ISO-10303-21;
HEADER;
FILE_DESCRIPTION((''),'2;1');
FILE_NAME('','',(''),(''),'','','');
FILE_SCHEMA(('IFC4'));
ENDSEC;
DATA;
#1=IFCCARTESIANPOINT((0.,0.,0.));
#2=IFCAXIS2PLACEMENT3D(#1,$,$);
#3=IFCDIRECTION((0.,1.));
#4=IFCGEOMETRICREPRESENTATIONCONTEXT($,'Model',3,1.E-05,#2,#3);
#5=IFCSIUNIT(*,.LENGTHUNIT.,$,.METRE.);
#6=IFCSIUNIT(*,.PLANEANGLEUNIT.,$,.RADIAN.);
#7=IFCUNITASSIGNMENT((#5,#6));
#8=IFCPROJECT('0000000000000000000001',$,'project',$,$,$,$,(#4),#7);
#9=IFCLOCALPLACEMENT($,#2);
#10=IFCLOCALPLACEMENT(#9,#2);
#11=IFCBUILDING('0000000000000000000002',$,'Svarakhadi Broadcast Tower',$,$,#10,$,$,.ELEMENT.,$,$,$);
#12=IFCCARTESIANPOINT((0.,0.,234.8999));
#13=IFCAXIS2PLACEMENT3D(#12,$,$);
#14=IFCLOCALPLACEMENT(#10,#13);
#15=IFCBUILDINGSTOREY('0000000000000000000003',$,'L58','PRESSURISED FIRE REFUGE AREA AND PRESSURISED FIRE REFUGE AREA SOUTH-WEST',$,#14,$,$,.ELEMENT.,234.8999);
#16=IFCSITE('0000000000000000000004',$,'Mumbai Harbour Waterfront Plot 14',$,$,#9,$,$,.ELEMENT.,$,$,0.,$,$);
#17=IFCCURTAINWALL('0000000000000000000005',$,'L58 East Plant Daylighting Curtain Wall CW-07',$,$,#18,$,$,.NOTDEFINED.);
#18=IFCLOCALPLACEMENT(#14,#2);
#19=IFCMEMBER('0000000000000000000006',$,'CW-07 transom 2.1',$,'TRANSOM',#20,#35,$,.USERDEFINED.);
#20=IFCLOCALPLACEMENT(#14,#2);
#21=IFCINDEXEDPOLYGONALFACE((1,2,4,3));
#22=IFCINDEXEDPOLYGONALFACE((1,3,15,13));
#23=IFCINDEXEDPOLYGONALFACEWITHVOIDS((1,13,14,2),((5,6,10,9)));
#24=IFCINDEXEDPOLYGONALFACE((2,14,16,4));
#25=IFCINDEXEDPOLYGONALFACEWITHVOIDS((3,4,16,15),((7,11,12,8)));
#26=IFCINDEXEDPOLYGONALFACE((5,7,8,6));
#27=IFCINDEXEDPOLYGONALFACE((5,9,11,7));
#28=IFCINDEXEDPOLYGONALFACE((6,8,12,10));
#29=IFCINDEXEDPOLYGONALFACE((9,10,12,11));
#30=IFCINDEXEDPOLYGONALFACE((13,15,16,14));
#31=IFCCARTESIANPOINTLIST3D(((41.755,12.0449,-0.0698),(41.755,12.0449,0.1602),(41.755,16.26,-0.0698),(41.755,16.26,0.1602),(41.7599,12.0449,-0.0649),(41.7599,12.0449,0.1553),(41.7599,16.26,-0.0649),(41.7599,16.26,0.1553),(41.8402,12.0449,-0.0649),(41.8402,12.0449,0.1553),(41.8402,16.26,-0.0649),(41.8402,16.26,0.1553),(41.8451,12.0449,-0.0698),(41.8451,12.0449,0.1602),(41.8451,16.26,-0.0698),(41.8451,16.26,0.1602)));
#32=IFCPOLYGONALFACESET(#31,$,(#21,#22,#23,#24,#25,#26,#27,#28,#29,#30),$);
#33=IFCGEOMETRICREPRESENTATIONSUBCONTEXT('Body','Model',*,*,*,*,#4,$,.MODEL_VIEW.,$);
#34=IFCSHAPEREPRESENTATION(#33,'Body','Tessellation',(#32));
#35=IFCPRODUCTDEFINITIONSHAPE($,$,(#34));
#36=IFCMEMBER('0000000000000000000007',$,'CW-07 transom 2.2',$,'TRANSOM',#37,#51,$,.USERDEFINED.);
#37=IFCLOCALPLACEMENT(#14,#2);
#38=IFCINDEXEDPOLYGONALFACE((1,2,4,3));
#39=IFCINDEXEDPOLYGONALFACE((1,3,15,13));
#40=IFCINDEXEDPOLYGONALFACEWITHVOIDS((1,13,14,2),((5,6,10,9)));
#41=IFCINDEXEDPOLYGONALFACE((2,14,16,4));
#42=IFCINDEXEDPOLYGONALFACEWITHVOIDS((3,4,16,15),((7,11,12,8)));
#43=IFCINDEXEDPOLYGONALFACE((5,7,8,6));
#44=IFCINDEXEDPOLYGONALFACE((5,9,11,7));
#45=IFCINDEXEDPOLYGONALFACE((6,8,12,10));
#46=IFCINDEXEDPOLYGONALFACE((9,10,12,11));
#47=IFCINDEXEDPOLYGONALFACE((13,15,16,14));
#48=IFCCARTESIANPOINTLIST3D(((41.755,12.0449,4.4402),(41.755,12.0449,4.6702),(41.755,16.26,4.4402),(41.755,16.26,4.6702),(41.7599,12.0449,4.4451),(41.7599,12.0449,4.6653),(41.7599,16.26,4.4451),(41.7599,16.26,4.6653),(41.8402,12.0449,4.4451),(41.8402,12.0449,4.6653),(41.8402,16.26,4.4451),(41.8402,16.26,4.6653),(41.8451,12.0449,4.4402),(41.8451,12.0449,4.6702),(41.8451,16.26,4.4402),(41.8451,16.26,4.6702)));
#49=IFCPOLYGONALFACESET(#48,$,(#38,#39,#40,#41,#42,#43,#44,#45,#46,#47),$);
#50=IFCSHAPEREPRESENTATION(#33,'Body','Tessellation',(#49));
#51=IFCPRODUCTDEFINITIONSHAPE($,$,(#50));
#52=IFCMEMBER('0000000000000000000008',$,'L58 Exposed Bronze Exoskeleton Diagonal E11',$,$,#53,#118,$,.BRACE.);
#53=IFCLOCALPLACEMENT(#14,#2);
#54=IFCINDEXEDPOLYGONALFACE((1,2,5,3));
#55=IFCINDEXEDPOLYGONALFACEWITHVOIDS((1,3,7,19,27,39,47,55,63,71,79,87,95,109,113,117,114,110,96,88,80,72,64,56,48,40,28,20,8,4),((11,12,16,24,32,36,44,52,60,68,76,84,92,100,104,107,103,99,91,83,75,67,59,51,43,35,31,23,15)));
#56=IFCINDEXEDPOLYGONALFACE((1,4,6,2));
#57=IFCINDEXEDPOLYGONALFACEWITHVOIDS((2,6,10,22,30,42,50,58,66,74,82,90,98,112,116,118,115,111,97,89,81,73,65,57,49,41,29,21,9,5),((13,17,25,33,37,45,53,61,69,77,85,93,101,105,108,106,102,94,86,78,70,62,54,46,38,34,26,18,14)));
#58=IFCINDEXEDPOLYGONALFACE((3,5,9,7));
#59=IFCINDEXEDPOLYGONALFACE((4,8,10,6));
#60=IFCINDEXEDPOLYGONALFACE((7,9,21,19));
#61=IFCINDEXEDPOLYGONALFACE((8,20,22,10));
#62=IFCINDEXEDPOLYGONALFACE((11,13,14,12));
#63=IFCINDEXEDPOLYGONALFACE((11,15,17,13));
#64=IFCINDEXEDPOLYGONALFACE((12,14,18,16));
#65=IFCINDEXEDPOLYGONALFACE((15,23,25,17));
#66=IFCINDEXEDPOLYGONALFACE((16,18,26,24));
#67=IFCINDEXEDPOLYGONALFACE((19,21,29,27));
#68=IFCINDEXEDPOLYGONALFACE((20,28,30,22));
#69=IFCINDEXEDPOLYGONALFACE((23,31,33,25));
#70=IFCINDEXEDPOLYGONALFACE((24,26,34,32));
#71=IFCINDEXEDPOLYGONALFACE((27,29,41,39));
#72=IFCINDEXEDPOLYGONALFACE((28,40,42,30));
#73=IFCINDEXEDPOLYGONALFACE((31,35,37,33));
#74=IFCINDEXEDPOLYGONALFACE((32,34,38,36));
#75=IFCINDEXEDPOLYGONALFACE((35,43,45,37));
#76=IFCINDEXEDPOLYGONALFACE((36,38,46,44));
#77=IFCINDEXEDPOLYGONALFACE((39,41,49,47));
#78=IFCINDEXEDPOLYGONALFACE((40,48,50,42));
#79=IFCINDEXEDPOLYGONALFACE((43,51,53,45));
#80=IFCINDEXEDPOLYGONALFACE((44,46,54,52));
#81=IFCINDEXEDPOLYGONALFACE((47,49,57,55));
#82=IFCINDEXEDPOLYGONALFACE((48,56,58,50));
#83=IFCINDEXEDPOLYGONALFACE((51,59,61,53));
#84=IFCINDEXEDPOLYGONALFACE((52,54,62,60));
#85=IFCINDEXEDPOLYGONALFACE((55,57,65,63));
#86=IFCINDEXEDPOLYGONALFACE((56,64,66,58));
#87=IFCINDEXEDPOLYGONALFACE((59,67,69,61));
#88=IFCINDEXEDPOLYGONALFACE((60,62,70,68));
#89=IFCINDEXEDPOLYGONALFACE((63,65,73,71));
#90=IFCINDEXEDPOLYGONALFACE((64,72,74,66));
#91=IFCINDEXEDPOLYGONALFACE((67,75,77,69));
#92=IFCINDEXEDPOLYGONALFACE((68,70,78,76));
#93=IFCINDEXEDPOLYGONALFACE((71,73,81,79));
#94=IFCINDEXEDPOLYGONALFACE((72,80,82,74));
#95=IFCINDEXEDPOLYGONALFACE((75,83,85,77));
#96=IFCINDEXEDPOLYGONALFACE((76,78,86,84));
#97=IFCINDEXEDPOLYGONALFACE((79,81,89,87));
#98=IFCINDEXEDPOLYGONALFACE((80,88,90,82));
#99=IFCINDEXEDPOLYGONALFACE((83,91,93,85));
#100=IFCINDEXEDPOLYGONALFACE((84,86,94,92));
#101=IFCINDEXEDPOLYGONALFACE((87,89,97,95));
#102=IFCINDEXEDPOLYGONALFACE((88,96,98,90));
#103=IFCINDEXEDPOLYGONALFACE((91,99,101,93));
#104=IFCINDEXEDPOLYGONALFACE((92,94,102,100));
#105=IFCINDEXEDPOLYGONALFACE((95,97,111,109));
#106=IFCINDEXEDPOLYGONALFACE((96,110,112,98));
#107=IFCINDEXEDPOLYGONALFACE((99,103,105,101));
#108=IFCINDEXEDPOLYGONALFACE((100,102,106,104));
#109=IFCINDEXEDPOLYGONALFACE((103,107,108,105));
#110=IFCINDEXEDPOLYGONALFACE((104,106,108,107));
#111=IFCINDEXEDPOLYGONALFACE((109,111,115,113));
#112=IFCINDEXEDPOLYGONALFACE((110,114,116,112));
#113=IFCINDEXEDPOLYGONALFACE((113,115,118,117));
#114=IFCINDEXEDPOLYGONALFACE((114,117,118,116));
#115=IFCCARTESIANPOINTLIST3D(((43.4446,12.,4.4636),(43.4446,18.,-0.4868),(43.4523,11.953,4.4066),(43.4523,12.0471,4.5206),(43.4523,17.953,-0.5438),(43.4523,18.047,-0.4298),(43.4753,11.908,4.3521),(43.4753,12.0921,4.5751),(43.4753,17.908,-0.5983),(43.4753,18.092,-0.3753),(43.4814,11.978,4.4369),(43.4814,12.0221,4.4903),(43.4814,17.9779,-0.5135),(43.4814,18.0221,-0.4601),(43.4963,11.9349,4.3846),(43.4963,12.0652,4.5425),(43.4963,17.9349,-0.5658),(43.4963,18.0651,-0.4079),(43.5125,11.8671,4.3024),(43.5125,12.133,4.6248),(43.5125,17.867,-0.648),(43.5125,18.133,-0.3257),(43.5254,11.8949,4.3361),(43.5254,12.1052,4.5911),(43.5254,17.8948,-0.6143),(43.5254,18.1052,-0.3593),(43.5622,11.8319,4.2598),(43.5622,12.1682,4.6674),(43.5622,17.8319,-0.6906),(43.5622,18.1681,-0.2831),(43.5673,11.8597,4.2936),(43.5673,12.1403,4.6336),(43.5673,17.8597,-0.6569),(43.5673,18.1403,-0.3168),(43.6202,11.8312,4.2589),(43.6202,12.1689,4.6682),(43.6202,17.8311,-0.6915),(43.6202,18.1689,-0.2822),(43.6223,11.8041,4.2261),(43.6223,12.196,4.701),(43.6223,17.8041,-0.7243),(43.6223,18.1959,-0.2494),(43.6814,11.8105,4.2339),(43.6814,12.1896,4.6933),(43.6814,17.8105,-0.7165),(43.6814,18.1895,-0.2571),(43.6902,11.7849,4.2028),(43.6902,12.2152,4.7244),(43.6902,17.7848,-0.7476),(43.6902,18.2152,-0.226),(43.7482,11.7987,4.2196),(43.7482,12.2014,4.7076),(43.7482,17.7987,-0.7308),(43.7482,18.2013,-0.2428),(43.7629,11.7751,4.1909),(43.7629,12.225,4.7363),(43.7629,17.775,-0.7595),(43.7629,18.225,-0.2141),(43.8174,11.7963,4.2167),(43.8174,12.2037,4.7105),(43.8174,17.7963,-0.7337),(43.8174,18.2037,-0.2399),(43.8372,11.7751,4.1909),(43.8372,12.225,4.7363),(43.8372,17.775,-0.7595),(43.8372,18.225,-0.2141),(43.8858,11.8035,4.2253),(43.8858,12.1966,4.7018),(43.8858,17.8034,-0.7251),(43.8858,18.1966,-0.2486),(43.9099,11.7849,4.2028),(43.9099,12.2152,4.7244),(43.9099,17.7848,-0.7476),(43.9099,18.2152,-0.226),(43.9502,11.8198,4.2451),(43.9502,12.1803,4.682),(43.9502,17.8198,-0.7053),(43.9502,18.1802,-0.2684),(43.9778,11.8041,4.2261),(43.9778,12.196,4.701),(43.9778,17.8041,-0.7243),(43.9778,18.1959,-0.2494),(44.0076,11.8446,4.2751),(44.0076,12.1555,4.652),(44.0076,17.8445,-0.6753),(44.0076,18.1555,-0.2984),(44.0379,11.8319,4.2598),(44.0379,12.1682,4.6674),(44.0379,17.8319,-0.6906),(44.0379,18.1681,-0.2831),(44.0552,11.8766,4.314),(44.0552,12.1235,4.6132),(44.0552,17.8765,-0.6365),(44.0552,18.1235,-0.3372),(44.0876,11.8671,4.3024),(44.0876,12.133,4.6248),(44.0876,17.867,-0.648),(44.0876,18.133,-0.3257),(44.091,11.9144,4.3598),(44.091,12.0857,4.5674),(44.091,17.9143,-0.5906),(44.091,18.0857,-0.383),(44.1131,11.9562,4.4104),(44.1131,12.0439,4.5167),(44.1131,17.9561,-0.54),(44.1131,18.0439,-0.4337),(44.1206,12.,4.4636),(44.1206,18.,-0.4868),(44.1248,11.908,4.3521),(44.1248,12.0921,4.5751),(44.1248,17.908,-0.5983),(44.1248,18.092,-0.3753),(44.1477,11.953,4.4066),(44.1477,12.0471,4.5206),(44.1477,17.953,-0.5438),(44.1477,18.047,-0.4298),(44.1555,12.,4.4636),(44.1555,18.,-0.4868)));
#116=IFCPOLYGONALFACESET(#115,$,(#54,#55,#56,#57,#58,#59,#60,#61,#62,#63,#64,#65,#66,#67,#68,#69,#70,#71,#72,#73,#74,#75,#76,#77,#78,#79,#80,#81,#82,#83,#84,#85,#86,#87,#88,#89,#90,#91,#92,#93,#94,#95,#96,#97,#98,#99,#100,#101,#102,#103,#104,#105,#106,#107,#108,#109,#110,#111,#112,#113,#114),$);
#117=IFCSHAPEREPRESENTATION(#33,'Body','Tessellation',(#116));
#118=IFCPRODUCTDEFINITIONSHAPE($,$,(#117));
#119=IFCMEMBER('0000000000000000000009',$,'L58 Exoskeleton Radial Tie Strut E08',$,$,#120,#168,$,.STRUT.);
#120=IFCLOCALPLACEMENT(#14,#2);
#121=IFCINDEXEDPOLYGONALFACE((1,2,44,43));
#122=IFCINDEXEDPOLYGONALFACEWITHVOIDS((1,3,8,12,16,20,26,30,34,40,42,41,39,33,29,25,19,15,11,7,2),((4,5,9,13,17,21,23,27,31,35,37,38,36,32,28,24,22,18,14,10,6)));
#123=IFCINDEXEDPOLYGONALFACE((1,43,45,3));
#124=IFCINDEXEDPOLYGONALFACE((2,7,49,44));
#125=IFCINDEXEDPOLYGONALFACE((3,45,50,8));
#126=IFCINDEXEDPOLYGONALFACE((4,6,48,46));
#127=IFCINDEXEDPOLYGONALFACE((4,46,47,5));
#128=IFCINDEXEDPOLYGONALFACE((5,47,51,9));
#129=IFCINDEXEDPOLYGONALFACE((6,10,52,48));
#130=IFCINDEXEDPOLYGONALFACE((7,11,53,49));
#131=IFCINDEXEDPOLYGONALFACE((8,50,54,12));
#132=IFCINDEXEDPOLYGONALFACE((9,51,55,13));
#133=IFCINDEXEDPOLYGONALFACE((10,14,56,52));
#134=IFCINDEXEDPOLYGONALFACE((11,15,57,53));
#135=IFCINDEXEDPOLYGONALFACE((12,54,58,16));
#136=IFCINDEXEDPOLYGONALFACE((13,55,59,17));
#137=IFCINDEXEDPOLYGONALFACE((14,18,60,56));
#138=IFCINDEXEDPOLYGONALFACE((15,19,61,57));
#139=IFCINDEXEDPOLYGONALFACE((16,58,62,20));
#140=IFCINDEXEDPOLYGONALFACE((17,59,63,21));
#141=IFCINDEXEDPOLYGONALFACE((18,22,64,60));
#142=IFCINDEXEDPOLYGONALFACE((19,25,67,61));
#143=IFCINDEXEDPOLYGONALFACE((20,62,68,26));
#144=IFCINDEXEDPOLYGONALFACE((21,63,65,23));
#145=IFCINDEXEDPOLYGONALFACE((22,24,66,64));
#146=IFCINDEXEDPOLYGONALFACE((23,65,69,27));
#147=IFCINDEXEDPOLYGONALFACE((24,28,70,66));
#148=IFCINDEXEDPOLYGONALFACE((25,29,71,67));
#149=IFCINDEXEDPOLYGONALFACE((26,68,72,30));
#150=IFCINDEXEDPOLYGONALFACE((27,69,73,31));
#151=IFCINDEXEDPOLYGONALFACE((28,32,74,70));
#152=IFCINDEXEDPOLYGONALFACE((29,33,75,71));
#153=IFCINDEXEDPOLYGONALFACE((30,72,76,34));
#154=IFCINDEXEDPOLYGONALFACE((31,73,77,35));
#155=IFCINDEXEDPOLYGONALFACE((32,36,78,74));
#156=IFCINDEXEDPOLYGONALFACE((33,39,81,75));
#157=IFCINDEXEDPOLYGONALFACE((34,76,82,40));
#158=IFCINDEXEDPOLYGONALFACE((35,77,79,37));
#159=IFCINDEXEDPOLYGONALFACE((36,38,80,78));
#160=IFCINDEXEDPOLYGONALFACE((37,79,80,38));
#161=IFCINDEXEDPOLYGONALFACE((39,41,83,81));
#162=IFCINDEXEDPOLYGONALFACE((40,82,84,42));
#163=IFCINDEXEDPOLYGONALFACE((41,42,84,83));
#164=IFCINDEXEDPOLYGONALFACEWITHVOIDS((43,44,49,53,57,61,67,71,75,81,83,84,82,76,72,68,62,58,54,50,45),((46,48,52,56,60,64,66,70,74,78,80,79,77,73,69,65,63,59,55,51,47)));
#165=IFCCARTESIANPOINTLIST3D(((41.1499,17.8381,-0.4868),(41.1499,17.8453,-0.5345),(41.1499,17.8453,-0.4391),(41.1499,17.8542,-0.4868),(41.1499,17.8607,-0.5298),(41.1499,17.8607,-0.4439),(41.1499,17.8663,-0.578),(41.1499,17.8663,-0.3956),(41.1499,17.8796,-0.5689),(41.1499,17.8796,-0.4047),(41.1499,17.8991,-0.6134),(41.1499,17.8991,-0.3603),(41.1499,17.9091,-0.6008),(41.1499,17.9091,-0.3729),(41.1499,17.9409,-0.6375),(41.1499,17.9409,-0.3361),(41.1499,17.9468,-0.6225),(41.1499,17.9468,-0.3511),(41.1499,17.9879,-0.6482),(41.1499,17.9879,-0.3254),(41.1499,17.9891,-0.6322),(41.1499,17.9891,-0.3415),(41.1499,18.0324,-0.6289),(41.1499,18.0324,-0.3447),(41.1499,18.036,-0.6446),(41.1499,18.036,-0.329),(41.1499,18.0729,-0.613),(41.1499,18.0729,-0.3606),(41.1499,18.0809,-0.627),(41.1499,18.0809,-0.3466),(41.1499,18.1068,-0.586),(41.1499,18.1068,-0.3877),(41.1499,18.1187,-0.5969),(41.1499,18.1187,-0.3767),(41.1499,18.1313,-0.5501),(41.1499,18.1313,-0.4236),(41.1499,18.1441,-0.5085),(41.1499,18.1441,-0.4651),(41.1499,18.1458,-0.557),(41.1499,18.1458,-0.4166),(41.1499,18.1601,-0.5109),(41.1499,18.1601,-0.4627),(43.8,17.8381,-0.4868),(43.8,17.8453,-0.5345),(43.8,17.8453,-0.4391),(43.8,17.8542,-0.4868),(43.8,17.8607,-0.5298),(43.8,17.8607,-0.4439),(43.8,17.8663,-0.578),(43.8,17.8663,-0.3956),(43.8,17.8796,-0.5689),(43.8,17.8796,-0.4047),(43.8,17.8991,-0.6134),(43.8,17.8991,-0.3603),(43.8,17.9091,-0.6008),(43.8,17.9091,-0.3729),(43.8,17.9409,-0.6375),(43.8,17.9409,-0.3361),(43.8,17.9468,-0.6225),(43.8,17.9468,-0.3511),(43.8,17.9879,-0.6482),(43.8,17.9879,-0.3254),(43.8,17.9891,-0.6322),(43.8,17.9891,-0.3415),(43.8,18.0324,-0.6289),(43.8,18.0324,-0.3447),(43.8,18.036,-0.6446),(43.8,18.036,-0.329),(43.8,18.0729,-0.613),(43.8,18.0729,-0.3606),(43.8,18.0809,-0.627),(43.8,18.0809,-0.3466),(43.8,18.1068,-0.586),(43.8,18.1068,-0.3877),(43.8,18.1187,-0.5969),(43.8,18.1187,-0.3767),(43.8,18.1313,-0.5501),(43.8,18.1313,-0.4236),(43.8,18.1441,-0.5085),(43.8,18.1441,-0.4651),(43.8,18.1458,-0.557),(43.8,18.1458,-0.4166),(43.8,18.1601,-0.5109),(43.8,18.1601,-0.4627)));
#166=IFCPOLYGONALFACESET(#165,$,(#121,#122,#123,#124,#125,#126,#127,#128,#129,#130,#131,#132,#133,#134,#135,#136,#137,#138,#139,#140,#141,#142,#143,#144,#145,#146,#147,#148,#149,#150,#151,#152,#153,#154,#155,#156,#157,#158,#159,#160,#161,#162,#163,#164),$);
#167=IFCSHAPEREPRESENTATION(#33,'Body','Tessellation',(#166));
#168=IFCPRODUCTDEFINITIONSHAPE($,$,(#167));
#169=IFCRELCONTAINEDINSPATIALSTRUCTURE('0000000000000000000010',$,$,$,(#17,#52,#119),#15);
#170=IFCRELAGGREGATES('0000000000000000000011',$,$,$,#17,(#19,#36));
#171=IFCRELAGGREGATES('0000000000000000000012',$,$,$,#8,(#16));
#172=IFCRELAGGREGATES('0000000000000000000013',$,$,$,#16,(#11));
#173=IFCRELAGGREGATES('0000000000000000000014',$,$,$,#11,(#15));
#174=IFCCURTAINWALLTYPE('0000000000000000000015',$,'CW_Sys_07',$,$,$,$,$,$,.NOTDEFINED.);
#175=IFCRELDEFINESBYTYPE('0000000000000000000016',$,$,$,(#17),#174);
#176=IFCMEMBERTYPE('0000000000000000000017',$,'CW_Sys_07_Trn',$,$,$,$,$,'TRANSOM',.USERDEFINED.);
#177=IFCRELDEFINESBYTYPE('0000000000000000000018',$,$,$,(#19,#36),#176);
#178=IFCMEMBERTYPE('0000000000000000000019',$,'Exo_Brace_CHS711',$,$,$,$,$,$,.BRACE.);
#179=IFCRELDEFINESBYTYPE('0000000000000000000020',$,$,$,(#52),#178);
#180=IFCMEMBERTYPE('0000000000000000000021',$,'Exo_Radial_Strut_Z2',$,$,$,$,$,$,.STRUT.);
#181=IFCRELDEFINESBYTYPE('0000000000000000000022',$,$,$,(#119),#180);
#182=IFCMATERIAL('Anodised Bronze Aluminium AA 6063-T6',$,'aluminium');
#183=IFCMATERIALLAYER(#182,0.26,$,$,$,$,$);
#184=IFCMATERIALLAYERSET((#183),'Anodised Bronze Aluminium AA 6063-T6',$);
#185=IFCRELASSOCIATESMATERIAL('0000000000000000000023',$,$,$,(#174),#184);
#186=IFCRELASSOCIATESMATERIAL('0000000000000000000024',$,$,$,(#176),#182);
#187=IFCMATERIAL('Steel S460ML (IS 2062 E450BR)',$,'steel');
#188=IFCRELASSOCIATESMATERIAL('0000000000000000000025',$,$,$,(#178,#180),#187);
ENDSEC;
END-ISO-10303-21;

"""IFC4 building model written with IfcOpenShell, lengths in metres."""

from ifc_helpers import new_model, si_unit, direction, frame, origin, origin_2d, place, context, subcontext, project, spatial, hollow_rectangle, hollow_circle, extrude, material, layer, layer_set, material_profile, profile_set, type_object, element, aggregate, save


model = new_model("IFC4")

# Units and contexts
model_context = context("Model", 3, precision=1e-05, world=origin(), true_north=direction((0.0, 1.0)))
body_context = subcontext(model_context, "Body", "Model", "MODEL_VIEW")
ifc_project = project(units=[si_unit("LENGTHUNIT", "METRE"), si_unit("PLANEANGLEUNIT", "RADIAN")], contexts=[model_context])

# Site, building, storey
site_placement = place(None, origin())
site = spatial("IfcSite", under=ifc_project, at=site_placement, Name="Mumbai Harbour Waterfront Plot 14", CompositionType="ELEMENT", RefElevation=0.0)
building_placement = place(site_placement, origin())
building = spatial("IfcBuilding", under=site, at=building_placement, Name="Svarakhadi Broadcast Tower", CompositionType="ELEMENT")
storey_placement = place(building_placement, frame((0.0, 0.0, 234.8999)))
storey = spatial("IfcBuildingStorey", under=building, at=storey_placement, Name="L58", Description="PRESSURISED FIRE REFUGE AREA AND PRESSURISED FIRE REFUGE AREA SOUTH-WEST", CompositionType="ELEMENT", Elevation=234.8999)

# Shared definitions
ifc_material_1 = material(Name="Steel S460ML (IS 2062 E450BR)", Category="steel")

# Curtain wall, members
ifc_material_2 = material(Name="Anodised Bronze Aluminium AA 6063-T6", Category="aluminium")
ifc_layer_1 = layer(ifc_material_2, 0.26)
ifc_layer_set_1 = layer_set([ifc_layer_1], Name="Anodised Bronze Aluminium AA 6063-T6")
curtain_wall_type = type_object("IfcCurtainWallType", Name="CW_Sys_07", PredefinedType="NOTDEFINED", material=ifc_layer_set_1)
curtain_wall_placement = place(storey_placement, origin())
curtain_wall = element("IfcCurtainWall", 1, at=curtain_wall_placement, inside=storey, type_object=curtain_wall_type, Name="L58 East Plant Daylighting Curtain Wall CW-07", PredefinedType="NOTDEFINED")
ifc_material_profile_1 = material_profile(ifc_material_2, hollow_rectangle(XDim=0.0901, YDim=0.23, WallThickness=0.0049, at=origin_2d()), Name="ALU TRANSOM 230x90x5")
ifc_profile_set_1 = profile_set([ifc_material_profile_1], Name="Anodised Bronze Aluminium AA 6063-T6")
member_type_1 = type_object("IfcMemberType", Name="CW_Sys_07_Trn", ElementType="TRANSOM", PredefinedType="USERDEFINED", material=ifc_profile_set_1)
member_1_placement = place(storey_placement, frame((41.8, 16.26, 0.0452), z_axis=(0.0, -1.0, 0.0), x_axis=(1.0, 0.0, 0.0)))
member_1 = element("IfcMember", 2, at=member_1_placement, type_object=member_type_1, Name="CW-07 transom 2.1", ObjectType="TRANSOM", PredefinedType="USERDEFINED", context=body_context, shape_type="SweptSolid", body=[
    extrude(hollow_rectangle(XDim=0.0901, YDim=0.23, WallThickness=0.0049, at=origin_2d()), origin(), (0.0, 0.0, 1.0), 4.2151),
])
member_2_placement = place(storey_placement, frame((41.8, 16.26, 4.5552), z_axis=(0.0, -1.0, 0.0), x_axis=(1.0, 0.0, 0.0)))
member_2 = element("IfcMember", 3, at=member_2_placement, type_object=member_type_1, Name="CW-07 transom 2.2", ObjectType="TRANSOM", PredefinedType="USERDEFINED", context=body_context, shape_type="SweptSolid", body=[
    extrude(hollow_rectangle(XDim=0.0901, YDim=0.23, WallThickness=0.0049, at=origin_2d()), origin(), (0.0, 0.0, 1.0), 4.2151),
])

# Members
ifc_material_profile_2 = material_profile(ifc_material_1, hollow_circle(Radius=0.3555, WallThickness=0.0349, at=origin_2d()), Name="CHS 711x35")
ifc_profile_set_2 = profile_set([ifc_material_profile_2], Name="Steel S460ML (IS 2062 E450BR)")
member_type_2 = type_object("IfcMemberType", Name="Exo_Brace_CHS711", PredefinedType="BRACE", material=ifc_profile_set_2)
member_3_placement = place(storey_placement, frame((43.8, 18.0, -0.4868), z_axis=(0.0, -0.771346, 0.636417), x_axis=(1.0, 0.0, 0.0)))
element("IfcMember", 4, at=member_3_placement, inside=storey, type_object=member_type_2, Name="L58 Exposed Bronze Exoskeleton Diagonal E11", PredefinedType="BRACE", context=body_context, shape_type="SweptSolid", body=[
    extrude(hollow_circle(Radius=0.3555, WallThickness=0.0349, at=origin_2d()), origin(), (0.0, 0.0, 1.0), 7.7786),
])
ifc_material_profile_3 = material_profile(ifc_material_1, hollow_circle(Radius=0.1619, WallThickness=0.0161, at=origin_2d()), Name="CHS 323.9x16")
ifc_profile_set_3 = profile_set([ifc_material_profile_3], Name="Steel S460ML (IS 2062 E450BR)")
member_type_3 = type_object("IfcMemberType", Name="Exo_Radial_Strut_Z2", PredefinedType="STRUT", material=ifc_profile_set_3)
member_4_placement = place(storey_placement, frame((43.8, 18.0, -0.4868), z_axis=(-1.0, 0.0, 0.0), x_axis=(0.0, -1.0, 0.0)))
element("IfcMember", 5, at=member_4_placement, inside=storey, type_object=member_type_3, Name="L58 Exoskeleton Radial Tie Strut E08", PredefinedType="STRUT", context=body_context, shape_type="SweptSolid", body=[
    extrude(hollow_circle(Radius=0.1619, WallThickness=0.0161, at=origin_2d()), origin(), (0.0, 0.0, 1.0), 2.6501),
])

aggregate(curtain_wall, [member_1, member_2])

save(model, "model.ifc")
